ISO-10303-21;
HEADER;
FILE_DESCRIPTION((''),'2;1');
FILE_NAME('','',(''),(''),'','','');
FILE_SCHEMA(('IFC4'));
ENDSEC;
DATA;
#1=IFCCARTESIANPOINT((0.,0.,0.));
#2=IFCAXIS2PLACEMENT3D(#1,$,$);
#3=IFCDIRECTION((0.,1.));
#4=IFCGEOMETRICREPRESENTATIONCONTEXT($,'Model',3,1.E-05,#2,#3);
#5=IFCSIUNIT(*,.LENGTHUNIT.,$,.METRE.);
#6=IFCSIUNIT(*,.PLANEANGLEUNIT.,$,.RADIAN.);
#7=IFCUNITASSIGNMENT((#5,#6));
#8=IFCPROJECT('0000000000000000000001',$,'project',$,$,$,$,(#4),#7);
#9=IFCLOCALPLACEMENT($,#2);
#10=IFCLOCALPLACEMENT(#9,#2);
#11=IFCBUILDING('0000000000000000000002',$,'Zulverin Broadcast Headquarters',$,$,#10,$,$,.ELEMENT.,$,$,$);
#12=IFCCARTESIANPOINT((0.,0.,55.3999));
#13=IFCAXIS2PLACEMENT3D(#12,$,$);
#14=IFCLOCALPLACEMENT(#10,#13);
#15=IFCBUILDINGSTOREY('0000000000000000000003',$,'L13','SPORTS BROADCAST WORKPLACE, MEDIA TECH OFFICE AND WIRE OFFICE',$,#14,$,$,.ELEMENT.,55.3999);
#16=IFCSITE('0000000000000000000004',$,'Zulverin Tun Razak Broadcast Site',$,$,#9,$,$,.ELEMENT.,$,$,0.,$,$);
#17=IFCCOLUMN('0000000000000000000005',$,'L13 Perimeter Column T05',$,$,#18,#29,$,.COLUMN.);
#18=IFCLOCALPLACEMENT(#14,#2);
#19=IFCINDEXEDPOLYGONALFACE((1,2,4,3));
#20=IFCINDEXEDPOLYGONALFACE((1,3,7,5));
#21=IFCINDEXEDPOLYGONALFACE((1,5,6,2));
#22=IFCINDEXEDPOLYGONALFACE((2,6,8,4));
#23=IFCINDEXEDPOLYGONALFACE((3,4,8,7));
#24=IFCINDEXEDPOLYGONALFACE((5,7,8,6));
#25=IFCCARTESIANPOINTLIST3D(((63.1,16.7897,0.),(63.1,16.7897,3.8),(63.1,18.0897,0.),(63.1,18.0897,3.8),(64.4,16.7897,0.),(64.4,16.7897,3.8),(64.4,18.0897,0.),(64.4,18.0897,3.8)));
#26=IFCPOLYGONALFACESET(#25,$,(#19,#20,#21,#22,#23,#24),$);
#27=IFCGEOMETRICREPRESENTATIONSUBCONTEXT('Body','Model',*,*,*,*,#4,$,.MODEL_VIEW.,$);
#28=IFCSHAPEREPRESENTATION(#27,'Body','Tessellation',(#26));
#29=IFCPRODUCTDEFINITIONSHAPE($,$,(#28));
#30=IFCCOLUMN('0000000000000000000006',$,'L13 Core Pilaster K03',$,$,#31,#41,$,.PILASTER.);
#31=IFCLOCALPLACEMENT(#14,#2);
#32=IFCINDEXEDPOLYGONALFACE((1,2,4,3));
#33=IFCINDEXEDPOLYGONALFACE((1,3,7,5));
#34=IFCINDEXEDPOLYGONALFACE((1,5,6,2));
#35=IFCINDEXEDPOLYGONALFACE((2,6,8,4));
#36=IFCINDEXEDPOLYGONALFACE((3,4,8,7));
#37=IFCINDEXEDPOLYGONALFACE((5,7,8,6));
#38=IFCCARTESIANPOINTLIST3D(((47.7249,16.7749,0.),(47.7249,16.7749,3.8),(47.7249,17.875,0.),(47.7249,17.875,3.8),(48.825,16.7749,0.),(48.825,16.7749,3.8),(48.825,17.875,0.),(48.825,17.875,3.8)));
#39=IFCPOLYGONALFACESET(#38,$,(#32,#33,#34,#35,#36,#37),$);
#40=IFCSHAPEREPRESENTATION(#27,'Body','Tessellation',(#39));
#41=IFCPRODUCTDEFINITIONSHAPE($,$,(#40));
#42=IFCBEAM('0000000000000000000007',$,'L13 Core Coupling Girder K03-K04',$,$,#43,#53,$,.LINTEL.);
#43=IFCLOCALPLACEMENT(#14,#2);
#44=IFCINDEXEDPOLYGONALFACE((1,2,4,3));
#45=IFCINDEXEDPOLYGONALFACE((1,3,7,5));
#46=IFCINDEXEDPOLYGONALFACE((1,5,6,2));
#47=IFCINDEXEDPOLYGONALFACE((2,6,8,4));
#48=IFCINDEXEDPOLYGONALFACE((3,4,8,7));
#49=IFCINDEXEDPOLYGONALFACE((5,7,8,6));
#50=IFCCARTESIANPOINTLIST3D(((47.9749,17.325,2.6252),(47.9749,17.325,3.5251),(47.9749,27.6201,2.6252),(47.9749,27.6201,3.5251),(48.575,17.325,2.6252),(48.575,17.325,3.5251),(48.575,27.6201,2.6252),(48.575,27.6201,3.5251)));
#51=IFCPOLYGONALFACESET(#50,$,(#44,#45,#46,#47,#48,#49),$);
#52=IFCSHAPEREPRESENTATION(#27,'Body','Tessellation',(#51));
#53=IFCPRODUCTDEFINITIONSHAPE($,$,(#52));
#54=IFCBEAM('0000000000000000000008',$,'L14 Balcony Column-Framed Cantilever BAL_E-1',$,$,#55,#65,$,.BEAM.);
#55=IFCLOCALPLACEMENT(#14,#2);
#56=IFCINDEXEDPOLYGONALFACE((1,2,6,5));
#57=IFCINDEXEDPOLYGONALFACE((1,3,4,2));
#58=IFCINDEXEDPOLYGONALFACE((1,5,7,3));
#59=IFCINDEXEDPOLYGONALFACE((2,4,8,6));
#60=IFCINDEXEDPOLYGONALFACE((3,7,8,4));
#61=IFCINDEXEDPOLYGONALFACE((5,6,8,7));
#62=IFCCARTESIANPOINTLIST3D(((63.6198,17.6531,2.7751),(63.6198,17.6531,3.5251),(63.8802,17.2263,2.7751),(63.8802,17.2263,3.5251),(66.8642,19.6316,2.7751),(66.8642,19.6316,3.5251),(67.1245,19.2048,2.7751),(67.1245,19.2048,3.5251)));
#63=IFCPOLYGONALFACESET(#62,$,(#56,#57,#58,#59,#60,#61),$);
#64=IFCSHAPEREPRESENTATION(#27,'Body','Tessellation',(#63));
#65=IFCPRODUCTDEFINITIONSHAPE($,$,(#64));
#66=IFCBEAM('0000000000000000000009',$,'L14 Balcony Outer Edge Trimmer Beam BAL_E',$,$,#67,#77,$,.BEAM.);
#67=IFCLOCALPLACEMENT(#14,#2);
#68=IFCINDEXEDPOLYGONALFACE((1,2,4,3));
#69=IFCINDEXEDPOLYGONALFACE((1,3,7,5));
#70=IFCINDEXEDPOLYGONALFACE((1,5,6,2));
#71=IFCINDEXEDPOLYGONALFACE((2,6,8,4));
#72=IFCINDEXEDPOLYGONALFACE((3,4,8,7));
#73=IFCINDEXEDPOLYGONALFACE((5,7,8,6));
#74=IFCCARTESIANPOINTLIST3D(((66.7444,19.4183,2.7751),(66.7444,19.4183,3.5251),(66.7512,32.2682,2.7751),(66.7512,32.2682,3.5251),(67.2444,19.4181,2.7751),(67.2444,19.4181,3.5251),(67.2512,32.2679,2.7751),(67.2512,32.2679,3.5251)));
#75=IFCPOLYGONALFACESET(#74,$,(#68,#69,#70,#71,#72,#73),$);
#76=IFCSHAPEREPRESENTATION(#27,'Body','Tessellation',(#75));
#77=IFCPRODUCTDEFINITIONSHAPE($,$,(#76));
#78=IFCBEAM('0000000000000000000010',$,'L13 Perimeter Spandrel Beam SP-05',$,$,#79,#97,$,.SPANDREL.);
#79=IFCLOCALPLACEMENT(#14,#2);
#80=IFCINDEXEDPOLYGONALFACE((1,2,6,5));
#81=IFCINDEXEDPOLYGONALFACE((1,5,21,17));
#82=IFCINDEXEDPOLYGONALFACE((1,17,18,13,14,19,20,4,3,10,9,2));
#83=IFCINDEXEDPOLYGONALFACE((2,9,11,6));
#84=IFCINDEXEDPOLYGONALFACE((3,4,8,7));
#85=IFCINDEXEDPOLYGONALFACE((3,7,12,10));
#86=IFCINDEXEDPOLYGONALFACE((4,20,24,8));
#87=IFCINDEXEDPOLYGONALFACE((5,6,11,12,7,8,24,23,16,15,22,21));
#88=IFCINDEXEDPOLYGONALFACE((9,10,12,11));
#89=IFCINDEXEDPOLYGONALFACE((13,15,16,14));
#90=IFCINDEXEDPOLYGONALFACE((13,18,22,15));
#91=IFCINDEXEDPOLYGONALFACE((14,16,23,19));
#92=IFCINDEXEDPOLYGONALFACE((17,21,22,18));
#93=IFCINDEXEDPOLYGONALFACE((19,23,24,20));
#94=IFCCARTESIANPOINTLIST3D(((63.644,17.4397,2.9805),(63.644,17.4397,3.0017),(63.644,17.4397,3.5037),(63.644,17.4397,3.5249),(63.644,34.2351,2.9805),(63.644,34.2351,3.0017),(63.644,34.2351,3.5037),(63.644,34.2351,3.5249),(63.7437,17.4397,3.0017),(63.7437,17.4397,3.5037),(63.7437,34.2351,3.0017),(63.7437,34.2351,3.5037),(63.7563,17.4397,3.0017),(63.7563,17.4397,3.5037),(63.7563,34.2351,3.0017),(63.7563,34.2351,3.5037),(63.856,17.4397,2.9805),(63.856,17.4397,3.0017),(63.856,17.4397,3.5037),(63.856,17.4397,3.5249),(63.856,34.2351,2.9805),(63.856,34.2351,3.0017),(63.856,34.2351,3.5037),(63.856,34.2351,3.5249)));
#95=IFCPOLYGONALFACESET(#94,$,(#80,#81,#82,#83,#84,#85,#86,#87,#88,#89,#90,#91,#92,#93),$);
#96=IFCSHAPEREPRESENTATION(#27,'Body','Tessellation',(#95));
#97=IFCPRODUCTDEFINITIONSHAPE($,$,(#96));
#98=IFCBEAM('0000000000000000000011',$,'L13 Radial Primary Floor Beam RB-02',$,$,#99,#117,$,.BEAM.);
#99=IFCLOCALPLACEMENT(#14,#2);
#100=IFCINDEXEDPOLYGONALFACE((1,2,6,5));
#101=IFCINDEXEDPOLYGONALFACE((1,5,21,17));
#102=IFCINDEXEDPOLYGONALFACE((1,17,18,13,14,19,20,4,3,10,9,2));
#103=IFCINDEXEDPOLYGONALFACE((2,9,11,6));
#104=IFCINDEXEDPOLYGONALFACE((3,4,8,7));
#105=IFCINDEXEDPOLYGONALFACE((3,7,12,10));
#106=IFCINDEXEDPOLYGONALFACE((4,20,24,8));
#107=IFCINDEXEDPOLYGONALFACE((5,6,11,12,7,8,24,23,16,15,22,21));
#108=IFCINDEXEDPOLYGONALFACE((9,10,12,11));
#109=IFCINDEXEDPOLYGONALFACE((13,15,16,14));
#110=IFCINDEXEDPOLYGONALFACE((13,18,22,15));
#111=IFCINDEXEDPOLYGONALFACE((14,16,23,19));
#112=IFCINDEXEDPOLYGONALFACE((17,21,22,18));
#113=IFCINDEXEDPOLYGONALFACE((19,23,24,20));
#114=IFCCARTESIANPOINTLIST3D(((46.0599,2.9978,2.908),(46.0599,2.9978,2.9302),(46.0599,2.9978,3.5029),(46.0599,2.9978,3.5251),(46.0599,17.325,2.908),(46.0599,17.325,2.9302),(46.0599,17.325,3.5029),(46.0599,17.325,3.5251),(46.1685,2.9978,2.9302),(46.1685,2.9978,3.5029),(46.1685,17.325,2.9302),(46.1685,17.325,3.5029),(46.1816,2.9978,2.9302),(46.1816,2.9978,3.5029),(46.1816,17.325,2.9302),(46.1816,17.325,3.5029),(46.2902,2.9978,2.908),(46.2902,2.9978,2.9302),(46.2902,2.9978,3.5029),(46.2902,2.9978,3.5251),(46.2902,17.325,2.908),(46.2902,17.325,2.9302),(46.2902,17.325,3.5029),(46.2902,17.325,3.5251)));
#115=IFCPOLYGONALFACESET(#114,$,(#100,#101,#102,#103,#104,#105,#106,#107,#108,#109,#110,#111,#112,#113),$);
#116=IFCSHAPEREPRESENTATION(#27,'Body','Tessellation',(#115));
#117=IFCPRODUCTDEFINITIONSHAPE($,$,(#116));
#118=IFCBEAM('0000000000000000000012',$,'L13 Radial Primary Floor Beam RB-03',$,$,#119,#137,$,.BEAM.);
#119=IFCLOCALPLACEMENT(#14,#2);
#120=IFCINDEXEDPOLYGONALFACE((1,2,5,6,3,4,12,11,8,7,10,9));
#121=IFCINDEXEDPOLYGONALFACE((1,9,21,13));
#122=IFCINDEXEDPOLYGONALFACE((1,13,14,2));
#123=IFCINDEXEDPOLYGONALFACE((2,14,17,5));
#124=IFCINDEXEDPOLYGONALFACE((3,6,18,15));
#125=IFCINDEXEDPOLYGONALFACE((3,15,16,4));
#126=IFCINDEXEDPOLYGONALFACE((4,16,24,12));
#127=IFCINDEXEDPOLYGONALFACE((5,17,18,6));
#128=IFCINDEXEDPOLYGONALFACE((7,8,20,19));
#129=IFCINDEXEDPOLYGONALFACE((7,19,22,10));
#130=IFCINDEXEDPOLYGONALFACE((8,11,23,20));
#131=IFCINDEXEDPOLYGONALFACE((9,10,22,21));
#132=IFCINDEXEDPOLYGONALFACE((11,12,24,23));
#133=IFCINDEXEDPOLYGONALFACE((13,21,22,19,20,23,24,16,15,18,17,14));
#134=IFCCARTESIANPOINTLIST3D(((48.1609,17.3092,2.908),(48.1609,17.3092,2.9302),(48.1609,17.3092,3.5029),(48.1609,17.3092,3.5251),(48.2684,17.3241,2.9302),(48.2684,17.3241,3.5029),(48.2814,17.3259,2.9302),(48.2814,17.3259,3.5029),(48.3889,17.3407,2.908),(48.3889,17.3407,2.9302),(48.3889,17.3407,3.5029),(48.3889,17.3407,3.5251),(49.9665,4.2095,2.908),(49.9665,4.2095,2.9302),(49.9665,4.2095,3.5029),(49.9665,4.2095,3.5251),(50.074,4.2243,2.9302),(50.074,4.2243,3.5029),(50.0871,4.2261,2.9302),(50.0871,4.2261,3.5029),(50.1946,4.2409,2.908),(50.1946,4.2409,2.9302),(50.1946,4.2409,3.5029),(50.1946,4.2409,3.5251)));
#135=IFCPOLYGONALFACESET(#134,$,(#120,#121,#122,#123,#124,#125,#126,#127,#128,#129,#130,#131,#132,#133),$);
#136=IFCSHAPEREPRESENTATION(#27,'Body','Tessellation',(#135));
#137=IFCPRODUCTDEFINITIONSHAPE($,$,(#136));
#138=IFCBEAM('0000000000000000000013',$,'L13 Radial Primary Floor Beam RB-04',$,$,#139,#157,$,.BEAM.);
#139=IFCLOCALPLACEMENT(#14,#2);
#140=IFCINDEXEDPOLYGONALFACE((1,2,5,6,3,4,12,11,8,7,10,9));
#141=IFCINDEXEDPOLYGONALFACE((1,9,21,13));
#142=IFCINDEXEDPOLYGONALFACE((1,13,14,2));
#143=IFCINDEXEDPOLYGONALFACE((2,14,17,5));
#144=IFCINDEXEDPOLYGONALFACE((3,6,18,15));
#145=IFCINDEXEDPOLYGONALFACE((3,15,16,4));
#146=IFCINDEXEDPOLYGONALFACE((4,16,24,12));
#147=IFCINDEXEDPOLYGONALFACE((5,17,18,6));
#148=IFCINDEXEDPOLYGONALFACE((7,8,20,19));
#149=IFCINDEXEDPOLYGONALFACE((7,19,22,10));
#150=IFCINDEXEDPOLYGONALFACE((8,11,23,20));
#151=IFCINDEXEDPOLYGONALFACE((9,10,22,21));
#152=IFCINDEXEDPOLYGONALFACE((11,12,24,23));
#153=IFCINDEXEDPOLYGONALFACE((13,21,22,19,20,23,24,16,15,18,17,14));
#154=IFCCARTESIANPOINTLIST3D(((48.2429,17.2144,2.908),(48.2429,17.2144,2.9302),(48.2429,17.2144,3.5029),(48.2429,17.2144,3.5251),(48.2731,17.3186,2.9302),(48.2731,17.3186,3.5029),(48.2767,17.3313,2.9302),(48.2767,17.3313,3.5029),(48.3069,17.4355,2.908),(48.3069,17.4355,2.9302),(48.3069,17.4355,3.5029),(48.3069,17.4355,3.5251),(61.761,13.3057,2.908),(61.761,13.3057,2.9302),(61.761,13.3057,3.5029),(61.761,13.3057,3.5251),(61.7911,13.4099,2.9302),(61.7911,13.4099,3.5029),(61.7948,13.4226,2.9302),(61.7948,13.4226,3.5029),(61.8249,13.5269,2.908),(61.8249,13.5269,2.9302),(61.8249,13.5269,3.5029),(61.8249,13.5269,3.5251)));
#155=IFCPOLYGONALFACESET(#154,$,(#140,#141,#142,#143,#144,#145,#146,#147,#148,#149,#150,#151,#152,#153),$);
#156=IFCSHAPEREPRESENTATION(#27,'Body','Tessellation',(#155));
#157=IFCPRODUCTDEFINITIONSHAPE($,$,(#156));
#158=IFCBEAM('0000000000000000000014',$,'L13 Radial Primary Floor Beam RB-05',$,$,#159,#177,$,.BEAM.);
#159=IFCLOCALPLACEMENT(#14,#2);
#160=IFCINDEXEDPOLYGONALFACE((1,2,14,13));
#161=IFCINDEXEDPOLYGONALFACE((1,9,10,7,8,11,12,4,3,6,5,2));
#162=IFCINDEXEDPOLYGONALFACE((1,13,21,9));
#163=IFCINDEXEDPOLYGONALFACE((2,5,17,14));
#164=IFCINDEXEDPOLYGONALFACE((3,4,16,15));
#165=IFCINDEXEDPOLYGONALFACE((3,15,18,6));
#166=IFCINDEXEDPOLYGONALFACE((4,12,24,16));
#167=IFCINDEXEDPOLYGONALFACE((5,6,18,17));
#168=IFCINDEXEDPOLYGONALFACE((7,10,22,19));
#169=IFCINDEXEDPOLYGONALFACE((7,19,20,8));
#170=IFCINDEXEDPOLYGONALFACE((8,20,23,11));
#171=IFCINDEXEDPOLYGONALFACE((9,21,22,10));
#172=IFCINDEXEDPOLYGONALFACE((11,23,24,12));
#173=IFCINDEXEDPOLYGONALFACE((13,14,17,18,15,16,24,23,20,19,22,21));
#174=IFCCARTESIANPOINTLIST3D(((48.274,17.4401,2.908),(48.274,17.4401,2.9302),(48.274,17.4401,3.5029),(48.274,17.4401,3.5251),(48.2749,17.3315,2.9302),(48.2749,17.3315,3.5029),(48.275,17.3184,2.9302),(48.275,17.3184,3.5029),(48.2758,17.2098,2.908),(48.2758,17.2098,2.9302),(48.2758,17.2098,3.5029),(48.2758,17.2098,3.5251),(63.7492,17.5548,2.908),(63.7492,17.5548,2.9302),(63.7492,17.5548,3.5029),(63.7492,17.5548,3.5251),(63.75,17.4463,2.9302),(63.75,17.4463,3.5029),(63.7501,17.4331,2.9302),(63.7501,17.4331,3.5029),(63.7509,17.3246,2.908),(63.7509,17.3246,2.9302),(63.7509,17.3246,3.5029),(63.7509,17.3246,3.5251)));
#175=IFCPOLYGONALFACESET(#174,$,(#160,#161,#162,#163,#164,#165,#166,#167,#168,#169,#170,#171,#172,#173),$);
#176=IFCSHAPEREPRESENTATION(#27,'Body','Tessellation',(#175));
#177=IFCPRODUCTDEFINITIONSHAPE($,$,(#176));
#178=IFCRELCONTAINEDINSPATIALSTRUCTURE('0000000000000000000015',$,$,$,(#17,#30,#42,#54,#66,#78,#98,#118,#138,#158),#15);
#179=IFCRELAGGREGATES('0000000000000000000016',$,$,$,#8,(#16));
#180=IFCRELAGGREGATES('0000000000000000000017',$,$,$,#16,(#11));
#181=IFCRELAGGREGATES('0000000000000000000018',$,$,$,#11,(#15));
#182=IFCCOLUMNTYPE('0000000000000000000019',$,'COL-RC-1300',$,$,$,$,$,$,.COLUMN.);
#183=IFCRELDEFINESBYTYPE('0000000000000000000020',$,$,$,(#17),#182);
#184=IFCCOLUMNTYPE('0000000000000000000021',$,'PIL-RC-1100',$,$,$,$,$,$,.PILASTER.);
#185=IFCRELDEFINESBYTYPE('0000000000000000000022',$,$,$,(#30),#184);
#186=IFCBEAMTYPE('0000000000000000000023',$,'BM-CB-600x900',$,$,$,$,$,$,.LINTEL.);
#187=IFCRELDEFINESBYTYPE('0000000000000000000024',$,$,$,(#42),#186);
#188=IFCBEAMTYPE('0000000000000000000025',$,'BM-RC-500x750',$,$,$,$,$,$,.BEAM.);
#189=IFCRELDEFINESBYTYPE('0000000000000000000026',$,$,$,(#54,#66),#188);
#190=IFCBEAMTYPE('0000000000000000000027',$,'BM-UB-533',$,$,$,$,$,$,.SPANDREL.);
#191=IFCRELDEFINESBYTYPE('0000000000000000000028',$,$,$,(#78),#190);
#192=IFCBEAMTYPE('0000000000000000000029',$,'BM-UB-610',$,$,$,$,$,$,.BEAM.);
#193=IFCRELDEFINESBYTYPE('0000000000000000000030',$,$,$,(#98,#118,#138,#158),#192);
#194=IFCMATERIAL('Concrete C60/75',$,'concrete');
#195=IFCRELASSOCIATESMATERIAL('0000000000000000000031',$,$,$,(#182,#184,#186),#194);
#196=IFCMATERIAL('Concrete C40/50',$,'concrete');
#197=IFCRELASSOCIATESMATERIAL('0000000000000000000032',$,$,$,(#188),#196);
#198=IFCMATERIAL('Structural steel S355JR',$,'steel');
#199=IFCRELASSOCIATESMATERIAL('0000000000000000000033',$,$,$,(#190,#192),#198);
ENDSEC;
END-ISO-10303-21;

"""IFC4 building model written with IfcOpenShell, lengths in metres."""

from ifc_helpers import new_model, si_unit, direction, frame, origin, origin_2d, place, context, subcontext, project, spatial, rectangle, i_section, extrude, material, material_profile, profile_set, type_object, element, save


model = new_model("IFC4")

# Units and contexts
model_context = context("Model", 3, precision=1e-05, world=origin(), true_north=direction((0.0, 1.0)))
body_context = subcontext(model_context, "Body", "Model", "MODEL_VIEW")
ifc_project = project(units=[si_unit("LENGTHUNIT", "METRE"), si_unit("PLANEANGLEUNIT", "RADIAN")], contexts=[model_context])

# Site, building, storey
site_placement = place(None, origin())
site = spatial("IfcSite", under=ifc_project, at=site_placement, Name="Zulverin Tun Razak Broadcast Site", CompositionType="ELEMENT", RefElevation=0.0)
building_placement = place(site_placement, origin())
building = spatial("IfcBuilding", under=site, at=building_placement, Name="Zulverin Broadcast Headquarters", CompositionType="ELEMENT")
storey_placement = place(building_placement, frame((0.0, 0.0, 55.3999)))
storey = spatial("IfcBuildingStorey", under=building, at=storey_placement, Name="L13", Description="SPORTS BROADCAST WORKPLACE, MEDIA TECH OFFICE AND WIRE OFFICE", CompositionType="ELEMENT", Elevation=55.3999)

# Columns
ifc_material_1 = material(Name="Concrete C60/75", Category="concrete")
ifc_material_profile_1 = material_profile(ifc_material_1, rectangle(XDim=1.3, YDim=1.3, at=origin_2d()), Name="Concrete C60/75", Category="concrete")
ifc_profile_set_1 = profile_set([ifc_material_profile_1], Name="Concrete C60/75")
column_type_1 = type_object("IfcColumnType", Name="COL-RC-1300", PredefinedType="COLUMN", material=ifc_profile_set_1)
column_1_placement = place(storey_placement, frame((63.75, 17.4397, 0.0), z_axis=(0.0, 0.0, 1.0), x_axis=(1.0, 0.0, 0.0)))
element("IfcColumn", 1, at=column_1_placement, inside=storey, type_object=column_type_1, Name="L13 Perimeter Column T05", PredefinedType="COLUMN", context=body_context, shape_type="SweptSolid", body=[
    extrude(rectangle(XDim=1.3, YDim=1.3, at=origin_2d()), origin(), (0.0, 0.0, 1.0), 3.8),
])
ifc_material_profile_2 = material_profile(ifc_material_1, rectangle(XDim=1.1001, YDim=1.1001, at=origin_2d()), Name="Concrete C60/75", Category="concrete")
ifc_profile_set_2 = profile_set([ifc_material_profile_2], Name="Concrete C60/75")
column_type_2 = type_object("IfcColumnType", Name="PIL-RC-1100", PredefinedType="PILASTER", material=ifc_profile_set_2)
column_2_placement = place(storey_placement, frame((48.2749, 17.325, 0.0), z_axis=(0.0, 0.0, 1.0), x_axis=(1.0, 0.0, 0.0)))
element("IfcColumn", 2, at=column_2_placement, inside=storey, type_object=column_type_2, Name="L13 Core Pilaster K03", PredefinedType="PILASTER", context=body_context, shape_type="SweptSolid", body=[
    extrude(rectangle(XDim=1.1001, YDim=1.1001, at=origin_2d()), origin(), (0.0, 0.0, 1.0), 3.8),
])

# Beams
ifc_material_profile_3 = material_profile(ifc_material_1, rectangle(XDim=0.6001, YDim=0.8999, at=origin_2d()), Name="Concrete C60/75", Category="concrete")
ifc_profile_set_3 = profile_set([ifc_material_profile_3], Name="Concrete C60/75")
beam_type_1 = type_object("IfcBeamType", Name="BM-CB-600x900", PredefinedType="LINTEL", material=ifc_profile_set_3)
beam_1_placement = place(storey_placement, frame((48.2749, 17.325, 3.0752), z_axis=(0.0, 1.0, 0.0), x_axis=(-1.0, 0.0, 0.0)))
element("IfcBeam", 3, at=beam_1_placement, inside=storey, type_object=beam_type_1, Name="L13 Core Coupling Girder K03-K04", PredefinedType="LINTEL", context=body_context, shape_type="SweptSolid", body=[
    extrude(rectangle(XDim=0.6001, YDim=0.8999, at=origin_2d()), origin(), (0.0, 0.0, 1.0), 10.2952),
])
ifc_material_2 = material(Name="Concrete C40/50", Category="concrete")
ifc_material_profile_4 = material_profile(ifc_material_2, rectangle(XDim=0.5, YDim=0.75, at=origin_2d()), Name="Concrete C40/50", Category="concrete")
ifc_profile_set_4 = profile_set([ifc_material_profile_4], Name="Concrete C40/50")
beam_type_2 = type_object("IfcBeamType", Name="BM-RC-500x750", PredefinedType="BEAM", material=ifc_profile_set_4)
beam_2_placement = place(storey_placement, frame((63.75, 17.4397, 3.1501), z_axis=(0.853769, 0.520652, 0.0), x_axis=(-0.520652, 0.853769, 0.0)))
element("IfcBeam", 4, at=beam_2_placement, inside=storey, type_object=beam_type_2, Name="L14 Balcony Column-Framed Cantilever BAL_E-1", PredefinedType="BEAM", context=body_context, shape_type="SweptSolid", body=[
    extrude(rectangle(XDim=0.5, YDim=0.75, at=origin_2d()), origin(), (0.0, 0.0, 1.0), 3.8),
])
beam_3_placement = place(storey_placement, frame((66.9944, 19.4182, 3.1501), z_axis=(0.000532, 1.0, 0.0), x_axis=(-1.0, 0.000532, 0.0)))
element("IfcBeam", 5, at=beam_3_placement, inside=storey, type_object=beam_type_2, Name="L14 Balcony Outer Edge Trimmer Beam BAL_E", PredefinedType="BEAM", context=body_context, shape_type="SweptSolid", body=[
    extrude(rectangle(XDim=0.5, YDim=0.75, at=origin_2d()), origin(), (0.0, 0.0, 1.0), 12.8499),
])
ifc_material_3 = material(Name="Structural steel S355JR", Category="steel")
ifc_material_profile_5 = material_profile(ifc_material_3, i_section(OverallWidth=0.2119, OverallDepth=0.5444, WebThickness=0.0127, FlangeThickness=0.0212, at=origin_2d()), Name="Structural steel S355JR", Category="steel")
ifc_profile_set_5 = profile_set([ifc_material_profile_5], Name="Structural steel S355JR")
beam_type_3 = type_object("IfcBeamType", Name="BM-UB-533", PredefinedType="SPANDREL", material=ifc_profile_set_5)
beam_4_placement = place(storey_placement, frame((63.75, 17.4397, 3.2527), z_axis=(0.0, 1.0, 0.0), x_axis=(-1.0, 0.0, 0.0)))
element("IfcBeam", 6, at=beam_4_placement, inside=storey, type_object=beam_type_3, Name="L13 Perimeter Spandrel Beam SP-05", PredefinedType="SPANDREL", context=body_context, shape_type="SweptSolid", body=[
    extrude(i_section(OverallWidth=0.2119, OverallDepth=0.5444, WebThickness=0.0127, FlangeThickness=0.0212, at=origin_2d()), origin(), (0.0, 0.0, 1.0), 16.7954),
])
ifc_material_profile_6 = material_profile(ifc_material_3, i_section(OverallWidth=0.2302, OverallDepth=0.6172, WebThickness=0.0132, FlangeThickness=0.0222, at=origin_2d()), Name="Structural steel S355JR", Category="steel")
ifc_profile_set_6 = profile_set([ifc_material_profile_6], Name="Structural steel S355JR")
beam_type_4 = type_object("IfcBeamType", Name="BM-UB-610", PredefinedType="BEAM", material=ifc_profile_set_6)
beam_5_placement = place(storey_placement, frame((46.175, 17.325, 3.2166), z_axis=(0.0, -1.0, 0.0), x_axis=(1.0, 0.0, 0.0)))
element("IfcBeam", 7, at=beam_5_placement, inside=storey, type_object=beam_type_4, Name="L13 Radial Primary Floor Beam RB-02", PredefinedType="BEAM", context=body_context, shape_type="SweptSolid", body=[
    extrude(i_section(OverallWidth=0.2302, OverallDepth=0.6172, WebThickness=0.0132, FlangeThickness=0.0222, at=origin_2d()), origin(), (0.0, 0.0, 1.0), 14.3271),
])
beam_6_placement = place(storey_placement, frame((48.2749, 17.325, 3.2166), z_axis=(0.136547, -0.990634, 0.0), x_axis=(0.990634, 0.136547, 0.0)))
element("IfcBeam", 8, at=beam_6_placement, inside=storey, type_object=beam_type_4, Name="L13 Radial Primary Floor Beam RB-03", PredefinedType="BEAM", context=body_context, shape_type="SweptSolid", body=[
    extrude(i_section(OverallWidth=0.2302, OverallDepth=0.6172, WebThickness=0.0132, FlangeThickness=0.0222, at=origin_2d()), origin(), (0.0, 0.0, 1.0), 13.2236),
])
beam_7_placement = place(storey_placement, frame((48.2749, 17.325, 3.2166), z_axis=(0.960648, -0.277767, 0.0), x_axis=(0.277767, 0.960648, 0.0)))
element("IfcBeam", 9, at=beam_7_placement, inside=storey, type_object=beam_type_4, Name="L13 Radial Primary Floor Beam RB-04", PredefinedType="BEAM", context=body_context, shape_type="SweptSolid", body=[
    extrude(i_section(OverallWidth=0.2302, OverallDepth=0.6172, WebThickness=0.0132, FlangeThickness=0.0222, at=origin_2d()), origin(), (0.0, 0.0, 1.0), 14.0718),
])
beam_8_placement = place(storey_placement, frame((48.2749, 17.325, 3.2166), z_axis=(0.999973, 0.007415, 0.0), x_axis=(-0.007415, 0.999973, 0.0)))
element("IfcBeam", 10, at=beam_8_placement, inside=storey, type_object=beam_type_4, Name="L13 Radial Primary Floor Beam RB-05", PredefinedType="BEAM", context=body_context, shape_type="SweptSolid", body=[
    extrude(i_section(OverallWidth=0.2302, OverallDepth=0.6172, WebThickness=0.0132, FlangeThickness=0.0222, at=origin_2d()), origin(), (0.0, 0.0, 1.0), 15.4756),
])

save(model, "model.ifc")
